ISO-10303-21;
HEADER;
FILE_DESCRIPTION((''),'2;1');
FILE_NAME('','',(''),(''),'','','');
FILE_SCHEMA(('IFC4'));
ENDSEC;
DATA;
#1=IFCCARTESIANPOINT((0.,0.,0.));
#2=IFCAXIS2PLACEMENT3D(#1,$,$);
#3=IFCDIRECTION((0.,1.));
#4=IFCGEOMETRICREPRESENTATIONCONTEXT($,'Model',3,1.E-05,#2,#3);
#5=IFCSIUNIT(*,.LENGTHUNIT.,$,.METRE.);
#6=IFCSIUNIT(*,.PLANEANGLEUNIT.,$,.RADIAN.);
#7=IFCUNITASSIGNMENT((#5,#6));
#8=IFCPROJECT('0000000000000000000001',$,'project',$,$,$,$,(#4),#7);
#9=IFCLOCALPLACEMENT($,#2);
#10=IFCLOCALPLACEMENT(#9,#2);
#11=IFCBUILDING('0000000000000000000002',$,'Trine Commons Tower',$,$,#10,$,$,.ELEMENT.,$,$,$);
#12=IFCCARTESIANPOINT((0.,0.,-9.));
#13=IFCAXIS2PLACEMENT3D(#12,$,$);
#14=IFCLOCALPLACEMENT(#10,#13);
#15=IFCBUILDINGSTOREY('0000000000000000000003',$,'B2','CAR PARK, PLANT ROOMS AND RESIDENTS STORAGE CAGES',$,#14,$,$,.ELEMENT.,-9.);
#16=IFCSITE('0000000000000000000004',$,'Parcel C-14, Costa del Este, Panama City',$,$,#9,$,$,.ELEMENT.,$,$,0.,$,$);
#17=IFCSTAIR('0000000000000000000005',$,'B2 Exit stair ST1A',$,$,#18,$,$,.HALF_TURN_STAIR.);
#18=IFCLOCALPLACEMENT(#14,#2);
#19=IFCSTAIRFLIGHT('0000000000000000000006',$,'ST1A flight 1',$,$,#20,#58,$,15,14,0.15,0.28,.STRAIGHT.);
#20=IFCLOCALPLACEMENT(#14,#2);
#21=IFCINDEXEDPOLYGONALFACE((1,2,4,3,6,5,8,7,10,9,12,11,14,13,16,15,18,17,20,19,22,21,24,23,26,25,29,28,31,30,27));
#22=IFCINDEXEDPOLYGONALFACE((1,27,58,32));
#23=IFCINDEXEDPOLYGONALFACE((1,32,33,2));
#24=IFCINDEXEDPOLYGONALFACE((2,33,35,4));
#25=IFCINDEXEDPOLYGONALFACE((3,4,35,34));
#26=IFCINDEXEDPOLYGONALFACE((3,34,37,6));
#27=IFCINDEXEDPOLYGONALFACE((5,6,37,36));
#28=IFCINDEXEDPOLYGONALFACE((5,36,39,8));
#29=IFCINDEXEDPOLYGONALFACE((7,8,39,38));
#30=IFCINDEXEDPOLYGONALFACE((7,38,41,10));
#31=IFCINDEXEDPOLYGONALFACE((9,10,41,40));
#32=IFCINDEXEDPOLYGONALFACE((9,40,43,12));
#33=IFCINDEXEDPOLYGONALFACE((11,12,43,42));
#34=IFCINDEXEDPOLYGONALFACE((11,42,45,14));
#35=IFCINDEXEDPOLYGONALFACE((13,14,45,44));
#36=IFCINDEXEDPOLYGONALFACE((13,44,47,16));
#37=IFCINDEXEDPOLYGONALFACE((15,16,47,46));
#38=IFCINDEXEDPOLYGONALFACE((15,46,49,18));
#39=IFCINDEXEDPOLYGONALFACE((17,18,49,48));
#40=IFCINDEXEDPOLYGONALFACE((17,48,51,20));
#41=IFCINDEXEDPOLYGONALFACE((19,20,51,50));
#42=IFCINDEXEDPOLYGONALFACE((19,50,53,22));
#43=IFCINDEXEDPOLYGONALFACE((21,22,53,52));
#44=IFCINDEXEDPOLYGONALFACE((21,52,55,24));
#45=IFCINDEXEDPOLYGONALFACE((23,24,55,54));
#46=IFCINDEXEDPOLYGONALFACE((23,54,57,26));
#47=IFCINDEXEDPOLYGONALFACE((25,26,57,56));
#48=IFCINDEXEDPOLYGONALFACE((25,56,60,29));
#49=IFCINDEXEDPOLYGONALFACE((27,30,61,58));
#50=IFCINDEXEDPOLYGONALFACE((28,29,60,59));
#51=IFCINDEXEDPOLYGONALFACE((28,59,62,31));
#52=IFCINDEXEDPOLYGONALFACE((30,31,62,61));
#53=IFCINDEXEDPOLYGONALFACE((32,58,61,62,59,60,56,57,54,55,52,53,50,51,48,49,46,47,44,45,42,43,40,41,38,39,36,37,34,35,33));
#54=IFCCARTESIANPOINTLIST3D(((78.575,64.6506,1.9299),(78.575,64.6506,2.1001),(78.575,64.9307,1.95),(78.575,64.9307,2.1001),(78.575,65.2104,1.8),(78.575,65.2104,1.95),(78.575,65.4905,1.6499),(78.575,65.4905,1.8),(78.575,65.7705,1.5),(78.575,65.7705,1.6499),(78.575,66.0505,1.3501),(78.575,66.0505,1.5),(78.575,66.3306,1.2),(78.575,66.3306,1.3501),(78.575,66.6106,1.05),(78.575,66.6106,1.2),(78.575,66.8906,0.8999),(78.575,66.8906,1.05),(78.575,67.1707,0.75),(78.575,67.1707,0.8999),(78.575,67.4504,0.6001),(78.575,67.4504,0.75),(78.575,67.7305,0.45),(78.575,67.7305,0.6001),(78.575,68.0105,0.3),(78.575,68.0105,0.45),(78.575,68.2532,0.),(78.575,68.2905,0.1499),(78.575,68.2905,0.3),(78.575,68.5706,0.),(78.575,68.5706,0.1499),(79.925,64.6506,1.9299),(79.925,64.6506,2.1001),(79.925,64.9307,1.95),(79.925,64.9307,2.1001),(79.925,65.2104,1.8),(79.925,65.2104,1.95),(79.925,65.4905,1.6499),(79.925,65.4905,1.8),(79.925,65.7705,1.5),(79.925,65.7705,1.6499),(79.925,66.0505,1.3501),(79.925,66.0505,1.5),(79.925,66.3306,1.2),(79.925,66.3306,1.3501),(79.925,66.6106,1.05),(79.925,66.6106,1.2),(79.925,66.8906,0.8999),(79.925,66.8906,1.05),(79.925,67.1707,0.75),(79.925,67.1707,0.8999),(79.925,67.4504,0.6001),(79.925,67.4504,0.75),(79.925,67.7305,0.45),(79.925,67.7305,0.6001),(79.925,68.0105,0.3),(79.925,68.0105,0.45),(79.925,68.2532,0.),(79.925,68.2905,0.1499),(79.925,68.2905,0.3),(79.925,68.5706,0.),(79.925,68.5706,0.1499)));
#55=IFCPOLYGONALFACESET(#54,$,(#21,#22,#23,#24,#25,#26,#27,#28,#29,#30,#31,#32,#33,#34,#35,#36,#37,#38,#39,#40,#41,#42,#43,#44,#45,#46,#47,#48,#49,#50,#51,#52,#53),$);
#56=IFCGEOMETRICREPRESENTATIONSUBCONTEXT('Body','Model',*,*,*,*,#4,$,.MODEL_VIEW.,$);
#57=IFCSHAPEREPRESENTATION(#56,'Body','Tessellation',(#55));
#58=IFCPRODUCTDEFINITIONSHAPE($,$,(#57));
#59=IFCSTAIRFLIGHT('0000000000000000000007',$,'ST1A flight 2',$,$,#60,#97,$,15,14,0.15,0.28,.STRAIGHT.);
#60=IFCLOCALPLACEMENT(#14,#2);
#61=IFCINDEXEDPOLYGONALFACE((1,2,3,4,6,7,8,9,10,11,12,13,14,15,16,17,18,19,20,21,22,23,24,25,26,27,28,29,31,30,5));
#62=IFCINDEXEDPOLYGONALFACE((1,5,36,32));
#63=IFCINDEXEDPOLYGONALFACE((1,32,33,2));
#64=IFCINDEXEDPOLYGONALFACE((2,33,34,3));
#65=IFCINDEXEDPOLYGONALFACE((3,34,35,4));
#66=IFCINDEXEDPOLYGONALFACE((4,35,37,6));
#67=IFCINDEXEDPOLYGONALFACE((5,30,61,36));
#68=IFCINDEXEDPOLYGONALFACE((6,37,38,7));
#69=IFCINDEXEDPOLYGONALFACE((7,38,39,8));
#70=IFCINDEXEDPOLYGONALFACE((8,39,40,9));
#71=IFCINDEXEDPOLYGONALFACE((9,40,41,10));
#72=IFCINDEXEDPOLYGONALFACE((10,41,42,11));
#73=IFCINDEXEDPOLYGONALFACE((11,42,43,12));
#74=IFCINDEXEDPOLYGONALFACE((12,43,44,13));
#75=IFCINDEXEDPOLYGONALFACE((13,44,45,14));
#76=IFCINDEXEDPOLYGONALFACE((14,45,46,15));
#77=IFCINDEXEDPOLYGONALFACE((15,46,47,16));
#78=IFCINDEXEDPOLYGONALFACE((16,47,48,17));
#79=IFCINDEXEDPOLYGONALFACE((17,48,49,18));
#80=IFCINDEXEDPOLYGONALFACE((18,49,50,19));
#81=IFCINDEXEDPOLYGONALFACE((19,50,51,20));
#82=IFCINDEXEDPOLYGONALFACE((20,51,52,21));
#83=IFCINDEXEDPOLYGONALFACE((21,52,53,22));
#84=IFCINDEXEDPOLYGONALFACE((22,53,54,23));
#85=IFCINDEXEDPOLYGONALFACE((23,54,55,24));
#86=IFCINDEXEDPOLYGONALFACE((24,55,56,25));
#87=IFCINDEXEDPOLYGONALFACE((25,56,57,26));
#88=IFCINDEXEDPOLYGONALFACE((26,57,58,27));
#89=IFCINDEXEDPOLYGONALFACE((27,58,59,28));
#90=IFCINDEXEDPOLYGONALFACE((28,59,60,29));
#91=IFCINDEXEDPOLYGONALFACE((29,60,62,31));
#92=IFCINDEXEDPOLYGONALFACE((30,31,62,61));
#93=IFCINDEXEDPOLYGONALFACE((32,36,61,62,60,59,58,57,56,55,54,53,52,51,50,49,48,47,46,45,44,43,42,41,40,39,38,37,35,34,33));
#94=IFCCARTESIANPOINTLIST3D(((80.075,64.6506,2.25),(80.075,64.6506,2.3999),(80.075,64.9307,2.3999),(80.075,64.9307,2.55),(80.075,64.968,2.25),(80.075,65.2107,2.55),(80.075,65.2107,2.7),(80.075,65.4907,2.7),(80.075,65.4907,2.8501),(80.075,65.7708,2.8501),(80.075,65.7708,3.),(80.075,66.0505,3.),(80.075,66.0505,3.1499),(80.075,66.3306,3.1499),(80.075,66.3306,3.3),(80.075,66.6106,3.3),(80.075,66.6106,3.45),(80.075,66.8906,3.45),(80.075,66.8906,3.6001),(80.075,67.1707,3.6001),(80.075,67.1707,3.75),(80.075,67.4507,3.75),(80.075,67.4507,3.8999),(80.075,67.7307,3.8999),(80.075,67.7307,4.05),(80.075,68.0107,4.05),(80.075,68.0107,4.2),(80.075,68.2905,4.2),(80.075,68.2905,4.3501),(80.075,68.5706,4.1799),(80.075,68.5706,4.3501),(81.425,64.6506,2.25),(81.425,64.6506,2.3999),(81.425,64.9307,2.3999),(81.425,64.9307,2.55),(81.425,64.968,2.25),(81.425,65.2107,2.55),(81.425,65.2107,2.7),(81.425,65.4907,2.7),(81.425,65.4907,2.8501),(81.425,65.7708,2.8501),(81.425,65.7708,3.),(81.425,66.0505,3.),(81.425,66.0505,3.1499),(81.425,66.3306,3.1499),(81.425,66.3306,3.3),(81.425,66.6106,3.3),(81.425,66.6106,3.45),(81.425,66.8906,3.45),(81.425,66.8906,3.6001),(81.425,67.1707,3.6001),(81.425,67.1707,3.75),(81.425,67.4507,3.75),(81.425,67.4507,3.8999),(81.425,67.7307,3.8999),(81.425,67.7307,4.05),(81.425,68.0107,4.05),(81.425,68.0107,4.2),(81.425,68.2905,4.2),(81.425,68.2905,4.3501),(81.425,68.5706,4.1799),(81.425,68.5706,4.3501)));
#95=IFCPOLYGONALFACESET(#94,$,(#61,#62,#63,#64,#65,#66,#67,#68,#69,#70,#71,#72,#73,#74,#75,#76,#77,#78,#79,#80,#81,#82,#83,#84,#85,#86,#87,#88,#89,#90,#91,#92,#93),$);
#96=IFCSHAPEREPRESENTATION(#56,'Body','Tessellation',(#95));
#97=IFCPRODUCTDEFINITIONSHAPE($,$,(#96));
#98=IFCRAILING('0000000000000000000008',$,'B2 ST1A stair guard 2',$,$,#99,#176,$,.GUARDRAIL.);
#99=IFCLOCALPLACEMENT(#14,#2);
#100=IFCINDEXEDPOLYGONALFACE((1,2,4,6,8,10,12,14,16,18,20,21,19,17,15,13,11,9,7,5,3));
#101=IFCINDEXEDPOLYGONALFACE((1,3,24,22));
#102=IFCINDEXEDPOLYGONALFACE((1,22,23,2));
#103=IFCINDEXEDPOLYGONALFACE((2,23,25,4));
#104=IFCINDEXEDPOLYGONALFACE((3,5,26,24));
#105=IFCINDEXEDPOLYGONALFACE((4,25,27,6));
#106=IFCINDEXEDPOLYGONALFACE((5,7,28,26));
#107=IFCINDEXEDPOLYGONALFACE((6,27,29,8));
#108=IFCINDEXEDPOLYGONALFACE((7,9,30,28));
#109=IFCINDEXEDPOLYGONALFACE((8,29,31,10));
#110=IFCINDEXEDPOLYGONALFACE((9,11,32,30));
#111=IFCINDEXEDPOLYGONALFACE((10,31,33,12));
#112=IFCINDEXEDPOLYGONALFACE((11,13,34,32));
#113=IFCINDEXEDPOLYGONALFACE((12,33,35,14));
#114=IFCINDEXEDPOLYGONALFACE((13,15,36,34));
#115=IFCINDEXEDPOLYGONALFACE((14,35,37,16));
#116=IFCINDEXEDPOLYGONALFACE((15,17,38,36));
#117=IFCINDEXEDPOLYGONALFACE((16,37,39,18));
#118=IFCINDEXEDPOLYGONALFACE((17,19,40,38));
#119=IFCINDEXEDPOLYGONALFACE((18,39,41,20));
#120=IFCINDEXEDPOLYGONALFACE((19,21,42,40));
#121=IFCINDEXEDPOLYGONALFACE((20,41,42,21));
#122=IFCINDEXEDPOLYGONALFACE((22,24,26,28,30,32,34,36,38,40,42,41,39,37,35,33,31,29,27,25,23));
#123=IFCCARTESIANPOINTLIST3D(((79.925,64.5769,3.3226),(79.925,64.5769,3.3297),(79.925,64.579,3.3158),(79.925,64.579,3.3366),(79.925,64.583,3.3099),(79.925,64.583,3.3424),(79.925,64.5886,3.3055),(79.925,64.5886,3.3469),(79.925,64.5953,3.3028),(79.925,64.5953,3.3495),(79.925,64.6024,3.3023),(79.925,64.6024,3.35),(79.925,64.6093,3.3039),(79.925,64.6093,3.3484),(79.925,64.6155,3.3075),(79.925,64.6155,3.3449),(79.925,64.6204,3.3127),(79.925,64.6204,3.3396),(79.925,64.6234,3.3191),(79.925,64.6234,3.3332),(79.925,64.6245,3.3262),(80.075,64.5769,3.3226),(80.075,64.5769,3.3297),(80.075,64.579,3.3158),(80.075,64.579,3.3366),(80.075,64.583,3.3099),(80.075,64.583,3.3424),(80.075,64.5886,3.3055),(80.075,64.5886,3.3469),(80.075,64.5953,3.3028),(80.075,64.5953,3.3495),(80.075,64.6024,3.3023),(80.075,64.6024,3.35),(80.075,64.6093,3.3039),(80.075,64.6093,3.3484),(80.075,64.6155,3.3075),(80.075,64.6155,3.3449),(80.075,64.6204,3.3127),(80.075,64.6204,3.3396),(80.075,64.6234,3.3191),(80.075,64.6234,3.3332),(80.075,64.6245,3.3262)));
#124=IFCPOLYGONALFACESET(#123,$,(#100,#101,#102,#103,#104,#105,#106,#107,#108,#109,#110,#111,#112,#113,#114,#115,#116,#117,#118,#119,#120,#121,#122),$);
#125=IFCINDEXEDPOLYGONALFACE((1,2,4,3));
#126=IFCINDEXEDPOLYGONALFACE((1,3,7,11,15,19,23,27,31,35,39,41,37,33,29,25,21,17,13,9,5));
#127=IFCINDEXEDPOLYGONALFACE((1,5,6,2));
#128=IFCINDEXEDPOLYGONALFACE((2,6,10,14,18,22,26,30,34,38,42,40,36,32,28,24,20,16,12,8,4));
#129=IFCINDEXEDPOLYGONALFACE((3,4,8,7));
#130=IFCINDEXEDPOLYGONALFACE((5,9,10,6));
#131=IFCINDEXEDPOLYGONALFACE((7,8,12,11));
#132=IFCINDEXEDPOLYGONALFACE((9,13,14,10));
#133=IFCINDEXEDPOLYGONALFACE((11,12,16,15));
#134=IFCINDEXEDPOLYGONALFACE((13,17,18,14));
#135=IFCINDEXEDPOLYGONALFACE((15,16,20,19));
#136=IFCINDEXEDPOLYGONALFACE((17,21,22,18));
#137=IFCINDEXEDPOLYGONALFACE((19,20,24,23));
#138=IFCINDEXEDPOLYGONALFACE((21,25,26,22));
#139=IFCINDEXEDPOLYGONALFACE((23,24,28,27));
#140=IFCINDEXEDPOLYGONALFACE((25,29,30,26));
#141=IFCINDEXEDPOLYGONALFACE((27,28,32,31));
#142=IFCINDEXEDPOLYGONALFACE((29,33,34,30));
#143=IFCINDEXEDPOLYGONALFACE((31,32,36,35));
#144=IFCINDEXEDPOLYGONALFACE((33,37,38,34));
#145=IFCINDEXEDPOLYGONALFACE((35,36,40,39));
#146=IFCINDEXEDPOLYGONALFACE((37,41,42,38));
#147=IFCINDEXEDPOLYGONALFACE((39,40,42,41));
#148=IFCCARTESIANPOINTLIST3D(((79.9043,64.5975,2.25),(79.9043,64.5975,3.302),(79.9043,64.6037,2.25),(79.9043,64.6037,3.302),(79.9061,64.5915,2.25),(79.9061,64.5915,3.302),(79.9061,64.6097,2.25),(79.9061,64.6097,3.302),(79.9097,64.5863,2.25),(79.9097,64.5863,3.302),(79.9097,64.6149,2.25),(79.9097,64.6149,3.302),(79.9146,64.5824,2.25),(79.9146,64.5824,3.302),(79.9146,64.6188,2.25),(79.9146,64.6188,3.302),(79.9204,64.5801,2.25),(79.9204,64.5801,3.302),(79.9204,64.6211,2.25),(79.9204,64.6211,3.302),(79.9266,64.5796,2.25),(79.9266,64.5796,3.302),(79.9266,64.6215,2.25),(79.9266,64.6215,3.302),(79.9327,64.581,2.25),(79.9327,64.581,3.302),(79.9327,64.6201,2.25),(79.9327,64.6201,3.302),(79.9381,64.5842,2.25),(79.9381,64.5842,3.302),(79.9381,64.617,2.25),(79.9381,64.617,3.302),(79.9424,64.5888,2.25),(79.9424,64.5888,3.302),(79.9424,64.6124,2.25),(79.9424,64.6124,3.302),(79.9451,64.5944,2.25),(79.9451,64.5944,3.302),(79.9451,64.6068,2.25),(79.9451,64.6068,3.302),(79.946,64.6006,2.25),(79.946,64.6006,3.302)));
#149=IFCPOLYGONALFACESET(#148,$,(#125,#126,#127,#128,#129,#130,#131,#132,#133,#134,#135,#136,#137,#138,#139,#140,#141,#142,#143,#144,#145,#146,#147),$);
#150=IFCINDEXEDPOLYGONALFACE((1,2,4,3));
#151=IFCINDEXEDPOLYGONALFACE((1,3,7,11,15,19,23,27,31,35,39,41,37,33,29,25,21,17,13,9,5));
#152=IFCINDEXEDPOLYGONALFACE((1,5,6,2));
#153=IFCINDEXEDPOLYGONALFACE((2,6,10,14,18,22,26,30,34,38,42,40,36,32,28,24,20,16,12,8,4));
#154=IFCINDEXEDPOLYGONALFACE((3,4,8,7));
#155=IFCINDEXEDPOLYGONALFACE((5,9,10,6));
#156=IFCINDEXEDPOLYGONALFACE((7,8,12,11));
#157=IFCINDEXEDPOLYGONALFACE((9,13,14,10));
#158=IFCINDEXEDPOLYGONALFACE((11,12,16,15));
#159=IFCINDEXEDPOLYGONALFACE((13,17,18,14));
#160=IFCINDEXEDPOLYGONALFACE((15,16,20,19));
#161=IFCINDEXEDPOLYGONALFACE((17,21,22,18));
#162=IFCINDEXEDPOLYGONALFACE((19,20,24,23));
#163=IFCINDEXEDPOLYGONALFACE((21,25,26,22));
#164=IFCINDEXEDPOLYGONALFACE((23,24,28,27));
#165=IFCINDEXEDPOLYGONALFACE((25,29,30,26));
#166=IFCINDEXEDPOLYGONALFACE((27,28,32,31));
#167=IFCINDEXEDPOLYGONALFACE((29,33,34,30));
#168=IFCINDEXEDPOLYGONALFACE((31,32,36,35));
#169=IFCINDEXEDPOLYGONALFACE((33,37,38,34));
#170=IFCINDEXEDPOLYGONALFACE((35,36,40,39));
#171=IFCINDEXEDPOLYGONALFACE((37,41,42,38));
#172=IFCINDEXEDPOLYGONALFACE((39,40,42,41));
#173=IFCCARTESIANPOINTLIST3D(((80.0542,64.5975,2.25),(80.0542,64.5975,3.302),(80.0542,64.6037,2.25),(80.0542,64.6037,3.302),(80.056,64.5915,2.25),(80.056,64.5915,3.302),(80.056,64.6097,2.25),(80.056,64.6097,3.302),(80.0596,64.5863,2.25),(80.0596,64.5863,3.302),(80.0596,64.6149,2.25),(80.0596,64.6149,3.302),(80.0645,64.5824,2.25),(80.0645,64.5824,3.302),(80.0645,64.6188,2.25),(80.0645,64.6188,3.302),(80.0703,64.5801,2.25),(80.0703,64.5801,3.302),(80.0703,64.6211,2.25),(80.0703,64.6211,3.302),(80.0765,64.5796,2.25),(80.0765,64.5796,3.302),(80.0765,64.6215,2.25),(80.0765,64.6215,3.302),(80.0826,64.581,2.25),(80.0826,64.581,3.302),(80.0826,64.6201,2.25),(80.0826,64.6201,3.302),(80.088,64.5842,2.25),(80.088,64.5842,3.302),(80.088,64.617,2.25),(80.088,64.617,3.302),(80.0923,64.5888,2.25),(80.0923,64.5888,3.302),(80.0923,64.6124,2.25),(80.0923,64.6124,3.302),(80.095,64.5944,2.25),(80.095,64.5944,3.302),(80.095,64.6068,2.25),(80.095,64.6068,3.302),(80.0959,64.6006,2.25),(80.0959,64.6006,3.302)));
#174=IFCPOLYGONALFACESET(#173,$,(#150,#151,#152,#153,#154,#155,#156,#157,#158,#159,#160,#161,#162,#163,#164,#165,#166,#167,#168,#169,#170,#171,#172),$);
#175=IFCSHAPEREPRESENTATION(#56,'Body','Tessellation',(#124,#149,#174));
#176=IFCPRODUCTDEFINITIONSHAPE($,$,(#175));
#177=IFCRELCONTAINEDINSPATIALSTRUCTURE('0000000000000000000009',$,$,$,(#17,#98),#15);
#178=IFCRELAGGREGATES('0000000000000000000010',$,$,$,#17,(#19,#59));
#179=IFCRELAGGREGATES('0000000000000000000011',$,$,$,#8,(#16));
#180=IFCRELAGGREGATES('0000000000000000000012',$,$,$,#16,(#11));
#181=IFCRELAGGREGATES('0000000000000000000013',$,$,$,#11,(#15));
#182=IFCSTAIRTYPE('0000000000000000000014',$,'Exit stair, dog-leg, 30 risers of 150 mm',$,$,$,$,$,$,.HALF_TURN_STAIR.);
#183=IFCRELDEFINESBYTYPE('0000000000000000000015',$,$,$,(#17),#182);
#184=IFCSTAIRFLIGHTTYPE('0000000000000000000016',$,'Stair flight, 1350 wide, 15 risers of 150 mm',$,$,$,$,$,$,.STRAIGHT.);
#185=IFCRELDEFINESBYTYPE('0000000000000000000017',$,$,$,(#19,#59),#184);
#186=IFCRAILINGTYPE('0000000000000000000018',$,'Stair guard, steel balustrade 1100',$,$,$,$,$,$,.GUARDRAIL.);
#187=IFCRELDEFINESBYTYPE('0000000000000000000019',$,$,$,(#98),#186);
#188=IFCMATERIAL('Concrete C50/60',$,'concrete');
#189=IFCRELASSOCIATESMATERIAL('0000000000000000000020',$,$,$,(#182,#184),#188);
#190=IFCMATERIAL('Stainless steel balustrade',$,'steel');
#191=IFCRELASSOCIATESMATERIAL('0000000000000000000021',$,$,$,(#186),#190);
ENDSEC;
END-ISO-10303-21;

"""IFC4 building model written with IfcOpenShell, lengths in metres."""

from ifc_helpers import new_model, si_unit, direction, frame, origin, origin_2d, place, context, subcontext, project, spatial, polyline, circle, outline, extrude, material, type_object, element, aggregate, save


model = new_model("IFC4")

# Units and contexts
model_context = context("Model", 3, precision=1e-05, world=origin(), true_north=direction((0.0, 1.0)))
body_context = subcontext(model_context, "Body", "Model", "MODEL_VIEW")
ifc_project = project(units=[si_unit("LENGTHUNIT", "METRE"), si_unit("PLANEANGLEUNIT", "RADIAN")], contexts=[model_context])

# Site, building, storey
site_placement = place(None, origin())
site = spatial("IfcSite", under=ifc_project, at=site_placement, Name="Parcel C-14, Costa del Este, Panama City", CompositionType="ELEMENT", RefElevation=0.0)
building_placement = place(site_placement, origin())
building = spatial("IfcBuilding", under=site, at=building_placement, Name="Trine Commons Tower", CompositionType="ELEMENT")
storey_placement = place(building_placement, frame((0.0, 0.0, -9.0)))
storey = spatial("IfcBuildingStorey", under=building, at=storey_placement, Name="B2", Description="CAR PARK, PLANT ROOMS AND RESIDENTS STORAGE CAGES", CompositionType="ELEMENT", Elevation=-9.0)

# Stair, stair flights
ifc_material_1 = material(Name="Concrete C50/60", Category="concrete")
stair_type = type_object("IfcStairType", Name="Exit stair, dog-leg, 30 risers of 150 mm", PredefinedType="HALF_TURN_STAIR", material=ifc_material_1)
stair_placement = place(storey_placement, origin())
stair = element("IfcStair", 1, at=stair_placement, inside=storey, type_object=stair_type, Name="B2 Exit stair ST1A", PredefinedType="HALF_TURN_STAIR")
stair_flight_type = type_object("IfcStairFlightType", Name="Stair flight, 1350 wide, 15 risers of 150 mm", PredefinedType="STRAIGHT", material=ifc_material_1)
stair_flight_1_placement = place(storey_placement, frame((79.25, 68.5706, 0.0), z_axis=(0.0, 0.0, 1.0), x_axis=(0.0, -1.0, 0.0)))
stair_flight_1 = element("IfcStairFlight", 2, at=stair_flight_1_placement, type_object=stair_flight_type, Name="ST1A flight 1", NumberOfRisers=15, NumberOfTreads=14, PredefinedType="STRAIGHT", RiserHeight=0.15, TreadLength=0.28, context=body_context, shape_type="SweptSolid", body=[
    extrude(outline(polyline([(0.0, 0.0), (0.0, 0.1499), (0.28, 0.1499), (0.28, 0.3), (0.5601, 0.3), (0.5601, 0.45), (0.8401, 0.45), (0.8401, 0.6001), (1.1201, 0.6001), (1.1201, 0.75), (1.3999, 0.75), (1.3999, 0.8999), (1.6799, 0.8999), (1.6799, 1.05), (1.96, 1.05), (1.96, 1.2), (2.24, 1.2), (2.24, 1.3501), (2.52, 1.3501), (2.52, 1.5), (2.8, 1.5), (2.8, 1.6499), (3.0801, 1.6499), (3.0801, 1.8), (3.3601, 1.8), (3.3601, 1.95), (3.6399, 1.95), (3.6399, 2.1001), (3.9199, 2.1001), (3.9199, 2.25), (3.9199, 1.9299), (0.3174, 0.0), (0.0, 0.0)])), frame((0.0, 0.675, 0.0), z_axis=(0.0, -1.0, 0.0), x_axis=(1.0, 0.0, 0.0)), (0.0, 0.0, 1.0), 1.3501),
])
stair_flight_2_placement = place(storey_placement, frame((80.75, 64.6506, 2.25), z_axis=(0.0, 0.0, 1.0), x_axis=(0.0, 1.0, 0.0)))
stair_flight_2 = element("IfcStairFlight", 3, at=stair_flight_2_placement, type_object=stair_flight_type, Name="ST1A flight 2", NumberOfRisers=15, NumberOfTreads=14, PredefinedType="STRAIGHT", RiserHeight=0.15, TreadLength=0.28, context=body_context, shape_type="SweptSolid", body=[
    extrude(outline(polyline([(0.0, 0.0), (0.0, 0.1499), (0.28, 0.1499), (0.28, 0.3), (0.5601, 0.3), (0.5601, 0.45), (0.8401, 0.45), (0.8401, 0.6001), (1.1201, 0.6001), (1.1201, 0.75), (1.3999, 0.75), (1.3999, 0.8999), (1.6799, 0.8999), (1.6799, 1.05), (1.96, 1.05), (1.96, 1.2), (2.24, 1.2), (2.24, 1.3501), (2.52, 1.3501), (2.52, 1.5), (2.8, 1.5), (2.8, 1.6499), (3.0801, 1.6499), (3.0801, 1.8), (3.3601, 1.8), (3.3601, 1.95), (3.6399, 1.95), (3.6399, 2.1001), (3.9199, 2.1001), (3.9199, 2.25), (3.9199, 1.9299), (0.3174, 0.0), (0.0, 0.0)])), frame((0.0, 0.675, 0.0), z_axis=(0.0, -1.0, 0.0), x_axis=(1.0, 0.0, 0.0)), (0.0, 0.0, 1.0), 1.3501),
])
aggregate(stair, [stair_flight_1, stair_flight_2])

# Railing
ifc_material_2 = material(Name="Stainless steel balustrade", Category="steel")
railing_type_1 = type_object("IfcRailingType", Name="Stair guard, steel balustrade 1100", PredefinedType="GUARDRAIL", material=ifc_material_2)
railing_1_placement = place(storey_placement, frame((79.925, 64.6006, 2.25)))
element("IfcRailing", 4, at=railing_1_placement, inside=storey, type_object=railing_type_1, Name="B2 ST1A stair guard 2", PredefinedType="GUARDRAIL", context=body_context, shape_type="SweptSolid", body=[
    extrude(circle(Radius=0.0239, at=origin_2d()), frame((0.0, 0.0, 1.0762), z_axis=(1.0, 0.0, 0.0), x_axis=(0.0, 1.0, 0.0)), (0.0, 0.0, 1.0), 0.1499),
    extrude(circle(Radius=0.021, at=origin_2d()), origin(), (0.0, 0.0, 1.0), 1.052),
    extrude(circle(Radius=0.021, at=origin_2d()), frame((0.1499, 0.0, 0.0)), (0.0, 0.0, 1.0), 1.052),
])

save(model, "model.ifc")
